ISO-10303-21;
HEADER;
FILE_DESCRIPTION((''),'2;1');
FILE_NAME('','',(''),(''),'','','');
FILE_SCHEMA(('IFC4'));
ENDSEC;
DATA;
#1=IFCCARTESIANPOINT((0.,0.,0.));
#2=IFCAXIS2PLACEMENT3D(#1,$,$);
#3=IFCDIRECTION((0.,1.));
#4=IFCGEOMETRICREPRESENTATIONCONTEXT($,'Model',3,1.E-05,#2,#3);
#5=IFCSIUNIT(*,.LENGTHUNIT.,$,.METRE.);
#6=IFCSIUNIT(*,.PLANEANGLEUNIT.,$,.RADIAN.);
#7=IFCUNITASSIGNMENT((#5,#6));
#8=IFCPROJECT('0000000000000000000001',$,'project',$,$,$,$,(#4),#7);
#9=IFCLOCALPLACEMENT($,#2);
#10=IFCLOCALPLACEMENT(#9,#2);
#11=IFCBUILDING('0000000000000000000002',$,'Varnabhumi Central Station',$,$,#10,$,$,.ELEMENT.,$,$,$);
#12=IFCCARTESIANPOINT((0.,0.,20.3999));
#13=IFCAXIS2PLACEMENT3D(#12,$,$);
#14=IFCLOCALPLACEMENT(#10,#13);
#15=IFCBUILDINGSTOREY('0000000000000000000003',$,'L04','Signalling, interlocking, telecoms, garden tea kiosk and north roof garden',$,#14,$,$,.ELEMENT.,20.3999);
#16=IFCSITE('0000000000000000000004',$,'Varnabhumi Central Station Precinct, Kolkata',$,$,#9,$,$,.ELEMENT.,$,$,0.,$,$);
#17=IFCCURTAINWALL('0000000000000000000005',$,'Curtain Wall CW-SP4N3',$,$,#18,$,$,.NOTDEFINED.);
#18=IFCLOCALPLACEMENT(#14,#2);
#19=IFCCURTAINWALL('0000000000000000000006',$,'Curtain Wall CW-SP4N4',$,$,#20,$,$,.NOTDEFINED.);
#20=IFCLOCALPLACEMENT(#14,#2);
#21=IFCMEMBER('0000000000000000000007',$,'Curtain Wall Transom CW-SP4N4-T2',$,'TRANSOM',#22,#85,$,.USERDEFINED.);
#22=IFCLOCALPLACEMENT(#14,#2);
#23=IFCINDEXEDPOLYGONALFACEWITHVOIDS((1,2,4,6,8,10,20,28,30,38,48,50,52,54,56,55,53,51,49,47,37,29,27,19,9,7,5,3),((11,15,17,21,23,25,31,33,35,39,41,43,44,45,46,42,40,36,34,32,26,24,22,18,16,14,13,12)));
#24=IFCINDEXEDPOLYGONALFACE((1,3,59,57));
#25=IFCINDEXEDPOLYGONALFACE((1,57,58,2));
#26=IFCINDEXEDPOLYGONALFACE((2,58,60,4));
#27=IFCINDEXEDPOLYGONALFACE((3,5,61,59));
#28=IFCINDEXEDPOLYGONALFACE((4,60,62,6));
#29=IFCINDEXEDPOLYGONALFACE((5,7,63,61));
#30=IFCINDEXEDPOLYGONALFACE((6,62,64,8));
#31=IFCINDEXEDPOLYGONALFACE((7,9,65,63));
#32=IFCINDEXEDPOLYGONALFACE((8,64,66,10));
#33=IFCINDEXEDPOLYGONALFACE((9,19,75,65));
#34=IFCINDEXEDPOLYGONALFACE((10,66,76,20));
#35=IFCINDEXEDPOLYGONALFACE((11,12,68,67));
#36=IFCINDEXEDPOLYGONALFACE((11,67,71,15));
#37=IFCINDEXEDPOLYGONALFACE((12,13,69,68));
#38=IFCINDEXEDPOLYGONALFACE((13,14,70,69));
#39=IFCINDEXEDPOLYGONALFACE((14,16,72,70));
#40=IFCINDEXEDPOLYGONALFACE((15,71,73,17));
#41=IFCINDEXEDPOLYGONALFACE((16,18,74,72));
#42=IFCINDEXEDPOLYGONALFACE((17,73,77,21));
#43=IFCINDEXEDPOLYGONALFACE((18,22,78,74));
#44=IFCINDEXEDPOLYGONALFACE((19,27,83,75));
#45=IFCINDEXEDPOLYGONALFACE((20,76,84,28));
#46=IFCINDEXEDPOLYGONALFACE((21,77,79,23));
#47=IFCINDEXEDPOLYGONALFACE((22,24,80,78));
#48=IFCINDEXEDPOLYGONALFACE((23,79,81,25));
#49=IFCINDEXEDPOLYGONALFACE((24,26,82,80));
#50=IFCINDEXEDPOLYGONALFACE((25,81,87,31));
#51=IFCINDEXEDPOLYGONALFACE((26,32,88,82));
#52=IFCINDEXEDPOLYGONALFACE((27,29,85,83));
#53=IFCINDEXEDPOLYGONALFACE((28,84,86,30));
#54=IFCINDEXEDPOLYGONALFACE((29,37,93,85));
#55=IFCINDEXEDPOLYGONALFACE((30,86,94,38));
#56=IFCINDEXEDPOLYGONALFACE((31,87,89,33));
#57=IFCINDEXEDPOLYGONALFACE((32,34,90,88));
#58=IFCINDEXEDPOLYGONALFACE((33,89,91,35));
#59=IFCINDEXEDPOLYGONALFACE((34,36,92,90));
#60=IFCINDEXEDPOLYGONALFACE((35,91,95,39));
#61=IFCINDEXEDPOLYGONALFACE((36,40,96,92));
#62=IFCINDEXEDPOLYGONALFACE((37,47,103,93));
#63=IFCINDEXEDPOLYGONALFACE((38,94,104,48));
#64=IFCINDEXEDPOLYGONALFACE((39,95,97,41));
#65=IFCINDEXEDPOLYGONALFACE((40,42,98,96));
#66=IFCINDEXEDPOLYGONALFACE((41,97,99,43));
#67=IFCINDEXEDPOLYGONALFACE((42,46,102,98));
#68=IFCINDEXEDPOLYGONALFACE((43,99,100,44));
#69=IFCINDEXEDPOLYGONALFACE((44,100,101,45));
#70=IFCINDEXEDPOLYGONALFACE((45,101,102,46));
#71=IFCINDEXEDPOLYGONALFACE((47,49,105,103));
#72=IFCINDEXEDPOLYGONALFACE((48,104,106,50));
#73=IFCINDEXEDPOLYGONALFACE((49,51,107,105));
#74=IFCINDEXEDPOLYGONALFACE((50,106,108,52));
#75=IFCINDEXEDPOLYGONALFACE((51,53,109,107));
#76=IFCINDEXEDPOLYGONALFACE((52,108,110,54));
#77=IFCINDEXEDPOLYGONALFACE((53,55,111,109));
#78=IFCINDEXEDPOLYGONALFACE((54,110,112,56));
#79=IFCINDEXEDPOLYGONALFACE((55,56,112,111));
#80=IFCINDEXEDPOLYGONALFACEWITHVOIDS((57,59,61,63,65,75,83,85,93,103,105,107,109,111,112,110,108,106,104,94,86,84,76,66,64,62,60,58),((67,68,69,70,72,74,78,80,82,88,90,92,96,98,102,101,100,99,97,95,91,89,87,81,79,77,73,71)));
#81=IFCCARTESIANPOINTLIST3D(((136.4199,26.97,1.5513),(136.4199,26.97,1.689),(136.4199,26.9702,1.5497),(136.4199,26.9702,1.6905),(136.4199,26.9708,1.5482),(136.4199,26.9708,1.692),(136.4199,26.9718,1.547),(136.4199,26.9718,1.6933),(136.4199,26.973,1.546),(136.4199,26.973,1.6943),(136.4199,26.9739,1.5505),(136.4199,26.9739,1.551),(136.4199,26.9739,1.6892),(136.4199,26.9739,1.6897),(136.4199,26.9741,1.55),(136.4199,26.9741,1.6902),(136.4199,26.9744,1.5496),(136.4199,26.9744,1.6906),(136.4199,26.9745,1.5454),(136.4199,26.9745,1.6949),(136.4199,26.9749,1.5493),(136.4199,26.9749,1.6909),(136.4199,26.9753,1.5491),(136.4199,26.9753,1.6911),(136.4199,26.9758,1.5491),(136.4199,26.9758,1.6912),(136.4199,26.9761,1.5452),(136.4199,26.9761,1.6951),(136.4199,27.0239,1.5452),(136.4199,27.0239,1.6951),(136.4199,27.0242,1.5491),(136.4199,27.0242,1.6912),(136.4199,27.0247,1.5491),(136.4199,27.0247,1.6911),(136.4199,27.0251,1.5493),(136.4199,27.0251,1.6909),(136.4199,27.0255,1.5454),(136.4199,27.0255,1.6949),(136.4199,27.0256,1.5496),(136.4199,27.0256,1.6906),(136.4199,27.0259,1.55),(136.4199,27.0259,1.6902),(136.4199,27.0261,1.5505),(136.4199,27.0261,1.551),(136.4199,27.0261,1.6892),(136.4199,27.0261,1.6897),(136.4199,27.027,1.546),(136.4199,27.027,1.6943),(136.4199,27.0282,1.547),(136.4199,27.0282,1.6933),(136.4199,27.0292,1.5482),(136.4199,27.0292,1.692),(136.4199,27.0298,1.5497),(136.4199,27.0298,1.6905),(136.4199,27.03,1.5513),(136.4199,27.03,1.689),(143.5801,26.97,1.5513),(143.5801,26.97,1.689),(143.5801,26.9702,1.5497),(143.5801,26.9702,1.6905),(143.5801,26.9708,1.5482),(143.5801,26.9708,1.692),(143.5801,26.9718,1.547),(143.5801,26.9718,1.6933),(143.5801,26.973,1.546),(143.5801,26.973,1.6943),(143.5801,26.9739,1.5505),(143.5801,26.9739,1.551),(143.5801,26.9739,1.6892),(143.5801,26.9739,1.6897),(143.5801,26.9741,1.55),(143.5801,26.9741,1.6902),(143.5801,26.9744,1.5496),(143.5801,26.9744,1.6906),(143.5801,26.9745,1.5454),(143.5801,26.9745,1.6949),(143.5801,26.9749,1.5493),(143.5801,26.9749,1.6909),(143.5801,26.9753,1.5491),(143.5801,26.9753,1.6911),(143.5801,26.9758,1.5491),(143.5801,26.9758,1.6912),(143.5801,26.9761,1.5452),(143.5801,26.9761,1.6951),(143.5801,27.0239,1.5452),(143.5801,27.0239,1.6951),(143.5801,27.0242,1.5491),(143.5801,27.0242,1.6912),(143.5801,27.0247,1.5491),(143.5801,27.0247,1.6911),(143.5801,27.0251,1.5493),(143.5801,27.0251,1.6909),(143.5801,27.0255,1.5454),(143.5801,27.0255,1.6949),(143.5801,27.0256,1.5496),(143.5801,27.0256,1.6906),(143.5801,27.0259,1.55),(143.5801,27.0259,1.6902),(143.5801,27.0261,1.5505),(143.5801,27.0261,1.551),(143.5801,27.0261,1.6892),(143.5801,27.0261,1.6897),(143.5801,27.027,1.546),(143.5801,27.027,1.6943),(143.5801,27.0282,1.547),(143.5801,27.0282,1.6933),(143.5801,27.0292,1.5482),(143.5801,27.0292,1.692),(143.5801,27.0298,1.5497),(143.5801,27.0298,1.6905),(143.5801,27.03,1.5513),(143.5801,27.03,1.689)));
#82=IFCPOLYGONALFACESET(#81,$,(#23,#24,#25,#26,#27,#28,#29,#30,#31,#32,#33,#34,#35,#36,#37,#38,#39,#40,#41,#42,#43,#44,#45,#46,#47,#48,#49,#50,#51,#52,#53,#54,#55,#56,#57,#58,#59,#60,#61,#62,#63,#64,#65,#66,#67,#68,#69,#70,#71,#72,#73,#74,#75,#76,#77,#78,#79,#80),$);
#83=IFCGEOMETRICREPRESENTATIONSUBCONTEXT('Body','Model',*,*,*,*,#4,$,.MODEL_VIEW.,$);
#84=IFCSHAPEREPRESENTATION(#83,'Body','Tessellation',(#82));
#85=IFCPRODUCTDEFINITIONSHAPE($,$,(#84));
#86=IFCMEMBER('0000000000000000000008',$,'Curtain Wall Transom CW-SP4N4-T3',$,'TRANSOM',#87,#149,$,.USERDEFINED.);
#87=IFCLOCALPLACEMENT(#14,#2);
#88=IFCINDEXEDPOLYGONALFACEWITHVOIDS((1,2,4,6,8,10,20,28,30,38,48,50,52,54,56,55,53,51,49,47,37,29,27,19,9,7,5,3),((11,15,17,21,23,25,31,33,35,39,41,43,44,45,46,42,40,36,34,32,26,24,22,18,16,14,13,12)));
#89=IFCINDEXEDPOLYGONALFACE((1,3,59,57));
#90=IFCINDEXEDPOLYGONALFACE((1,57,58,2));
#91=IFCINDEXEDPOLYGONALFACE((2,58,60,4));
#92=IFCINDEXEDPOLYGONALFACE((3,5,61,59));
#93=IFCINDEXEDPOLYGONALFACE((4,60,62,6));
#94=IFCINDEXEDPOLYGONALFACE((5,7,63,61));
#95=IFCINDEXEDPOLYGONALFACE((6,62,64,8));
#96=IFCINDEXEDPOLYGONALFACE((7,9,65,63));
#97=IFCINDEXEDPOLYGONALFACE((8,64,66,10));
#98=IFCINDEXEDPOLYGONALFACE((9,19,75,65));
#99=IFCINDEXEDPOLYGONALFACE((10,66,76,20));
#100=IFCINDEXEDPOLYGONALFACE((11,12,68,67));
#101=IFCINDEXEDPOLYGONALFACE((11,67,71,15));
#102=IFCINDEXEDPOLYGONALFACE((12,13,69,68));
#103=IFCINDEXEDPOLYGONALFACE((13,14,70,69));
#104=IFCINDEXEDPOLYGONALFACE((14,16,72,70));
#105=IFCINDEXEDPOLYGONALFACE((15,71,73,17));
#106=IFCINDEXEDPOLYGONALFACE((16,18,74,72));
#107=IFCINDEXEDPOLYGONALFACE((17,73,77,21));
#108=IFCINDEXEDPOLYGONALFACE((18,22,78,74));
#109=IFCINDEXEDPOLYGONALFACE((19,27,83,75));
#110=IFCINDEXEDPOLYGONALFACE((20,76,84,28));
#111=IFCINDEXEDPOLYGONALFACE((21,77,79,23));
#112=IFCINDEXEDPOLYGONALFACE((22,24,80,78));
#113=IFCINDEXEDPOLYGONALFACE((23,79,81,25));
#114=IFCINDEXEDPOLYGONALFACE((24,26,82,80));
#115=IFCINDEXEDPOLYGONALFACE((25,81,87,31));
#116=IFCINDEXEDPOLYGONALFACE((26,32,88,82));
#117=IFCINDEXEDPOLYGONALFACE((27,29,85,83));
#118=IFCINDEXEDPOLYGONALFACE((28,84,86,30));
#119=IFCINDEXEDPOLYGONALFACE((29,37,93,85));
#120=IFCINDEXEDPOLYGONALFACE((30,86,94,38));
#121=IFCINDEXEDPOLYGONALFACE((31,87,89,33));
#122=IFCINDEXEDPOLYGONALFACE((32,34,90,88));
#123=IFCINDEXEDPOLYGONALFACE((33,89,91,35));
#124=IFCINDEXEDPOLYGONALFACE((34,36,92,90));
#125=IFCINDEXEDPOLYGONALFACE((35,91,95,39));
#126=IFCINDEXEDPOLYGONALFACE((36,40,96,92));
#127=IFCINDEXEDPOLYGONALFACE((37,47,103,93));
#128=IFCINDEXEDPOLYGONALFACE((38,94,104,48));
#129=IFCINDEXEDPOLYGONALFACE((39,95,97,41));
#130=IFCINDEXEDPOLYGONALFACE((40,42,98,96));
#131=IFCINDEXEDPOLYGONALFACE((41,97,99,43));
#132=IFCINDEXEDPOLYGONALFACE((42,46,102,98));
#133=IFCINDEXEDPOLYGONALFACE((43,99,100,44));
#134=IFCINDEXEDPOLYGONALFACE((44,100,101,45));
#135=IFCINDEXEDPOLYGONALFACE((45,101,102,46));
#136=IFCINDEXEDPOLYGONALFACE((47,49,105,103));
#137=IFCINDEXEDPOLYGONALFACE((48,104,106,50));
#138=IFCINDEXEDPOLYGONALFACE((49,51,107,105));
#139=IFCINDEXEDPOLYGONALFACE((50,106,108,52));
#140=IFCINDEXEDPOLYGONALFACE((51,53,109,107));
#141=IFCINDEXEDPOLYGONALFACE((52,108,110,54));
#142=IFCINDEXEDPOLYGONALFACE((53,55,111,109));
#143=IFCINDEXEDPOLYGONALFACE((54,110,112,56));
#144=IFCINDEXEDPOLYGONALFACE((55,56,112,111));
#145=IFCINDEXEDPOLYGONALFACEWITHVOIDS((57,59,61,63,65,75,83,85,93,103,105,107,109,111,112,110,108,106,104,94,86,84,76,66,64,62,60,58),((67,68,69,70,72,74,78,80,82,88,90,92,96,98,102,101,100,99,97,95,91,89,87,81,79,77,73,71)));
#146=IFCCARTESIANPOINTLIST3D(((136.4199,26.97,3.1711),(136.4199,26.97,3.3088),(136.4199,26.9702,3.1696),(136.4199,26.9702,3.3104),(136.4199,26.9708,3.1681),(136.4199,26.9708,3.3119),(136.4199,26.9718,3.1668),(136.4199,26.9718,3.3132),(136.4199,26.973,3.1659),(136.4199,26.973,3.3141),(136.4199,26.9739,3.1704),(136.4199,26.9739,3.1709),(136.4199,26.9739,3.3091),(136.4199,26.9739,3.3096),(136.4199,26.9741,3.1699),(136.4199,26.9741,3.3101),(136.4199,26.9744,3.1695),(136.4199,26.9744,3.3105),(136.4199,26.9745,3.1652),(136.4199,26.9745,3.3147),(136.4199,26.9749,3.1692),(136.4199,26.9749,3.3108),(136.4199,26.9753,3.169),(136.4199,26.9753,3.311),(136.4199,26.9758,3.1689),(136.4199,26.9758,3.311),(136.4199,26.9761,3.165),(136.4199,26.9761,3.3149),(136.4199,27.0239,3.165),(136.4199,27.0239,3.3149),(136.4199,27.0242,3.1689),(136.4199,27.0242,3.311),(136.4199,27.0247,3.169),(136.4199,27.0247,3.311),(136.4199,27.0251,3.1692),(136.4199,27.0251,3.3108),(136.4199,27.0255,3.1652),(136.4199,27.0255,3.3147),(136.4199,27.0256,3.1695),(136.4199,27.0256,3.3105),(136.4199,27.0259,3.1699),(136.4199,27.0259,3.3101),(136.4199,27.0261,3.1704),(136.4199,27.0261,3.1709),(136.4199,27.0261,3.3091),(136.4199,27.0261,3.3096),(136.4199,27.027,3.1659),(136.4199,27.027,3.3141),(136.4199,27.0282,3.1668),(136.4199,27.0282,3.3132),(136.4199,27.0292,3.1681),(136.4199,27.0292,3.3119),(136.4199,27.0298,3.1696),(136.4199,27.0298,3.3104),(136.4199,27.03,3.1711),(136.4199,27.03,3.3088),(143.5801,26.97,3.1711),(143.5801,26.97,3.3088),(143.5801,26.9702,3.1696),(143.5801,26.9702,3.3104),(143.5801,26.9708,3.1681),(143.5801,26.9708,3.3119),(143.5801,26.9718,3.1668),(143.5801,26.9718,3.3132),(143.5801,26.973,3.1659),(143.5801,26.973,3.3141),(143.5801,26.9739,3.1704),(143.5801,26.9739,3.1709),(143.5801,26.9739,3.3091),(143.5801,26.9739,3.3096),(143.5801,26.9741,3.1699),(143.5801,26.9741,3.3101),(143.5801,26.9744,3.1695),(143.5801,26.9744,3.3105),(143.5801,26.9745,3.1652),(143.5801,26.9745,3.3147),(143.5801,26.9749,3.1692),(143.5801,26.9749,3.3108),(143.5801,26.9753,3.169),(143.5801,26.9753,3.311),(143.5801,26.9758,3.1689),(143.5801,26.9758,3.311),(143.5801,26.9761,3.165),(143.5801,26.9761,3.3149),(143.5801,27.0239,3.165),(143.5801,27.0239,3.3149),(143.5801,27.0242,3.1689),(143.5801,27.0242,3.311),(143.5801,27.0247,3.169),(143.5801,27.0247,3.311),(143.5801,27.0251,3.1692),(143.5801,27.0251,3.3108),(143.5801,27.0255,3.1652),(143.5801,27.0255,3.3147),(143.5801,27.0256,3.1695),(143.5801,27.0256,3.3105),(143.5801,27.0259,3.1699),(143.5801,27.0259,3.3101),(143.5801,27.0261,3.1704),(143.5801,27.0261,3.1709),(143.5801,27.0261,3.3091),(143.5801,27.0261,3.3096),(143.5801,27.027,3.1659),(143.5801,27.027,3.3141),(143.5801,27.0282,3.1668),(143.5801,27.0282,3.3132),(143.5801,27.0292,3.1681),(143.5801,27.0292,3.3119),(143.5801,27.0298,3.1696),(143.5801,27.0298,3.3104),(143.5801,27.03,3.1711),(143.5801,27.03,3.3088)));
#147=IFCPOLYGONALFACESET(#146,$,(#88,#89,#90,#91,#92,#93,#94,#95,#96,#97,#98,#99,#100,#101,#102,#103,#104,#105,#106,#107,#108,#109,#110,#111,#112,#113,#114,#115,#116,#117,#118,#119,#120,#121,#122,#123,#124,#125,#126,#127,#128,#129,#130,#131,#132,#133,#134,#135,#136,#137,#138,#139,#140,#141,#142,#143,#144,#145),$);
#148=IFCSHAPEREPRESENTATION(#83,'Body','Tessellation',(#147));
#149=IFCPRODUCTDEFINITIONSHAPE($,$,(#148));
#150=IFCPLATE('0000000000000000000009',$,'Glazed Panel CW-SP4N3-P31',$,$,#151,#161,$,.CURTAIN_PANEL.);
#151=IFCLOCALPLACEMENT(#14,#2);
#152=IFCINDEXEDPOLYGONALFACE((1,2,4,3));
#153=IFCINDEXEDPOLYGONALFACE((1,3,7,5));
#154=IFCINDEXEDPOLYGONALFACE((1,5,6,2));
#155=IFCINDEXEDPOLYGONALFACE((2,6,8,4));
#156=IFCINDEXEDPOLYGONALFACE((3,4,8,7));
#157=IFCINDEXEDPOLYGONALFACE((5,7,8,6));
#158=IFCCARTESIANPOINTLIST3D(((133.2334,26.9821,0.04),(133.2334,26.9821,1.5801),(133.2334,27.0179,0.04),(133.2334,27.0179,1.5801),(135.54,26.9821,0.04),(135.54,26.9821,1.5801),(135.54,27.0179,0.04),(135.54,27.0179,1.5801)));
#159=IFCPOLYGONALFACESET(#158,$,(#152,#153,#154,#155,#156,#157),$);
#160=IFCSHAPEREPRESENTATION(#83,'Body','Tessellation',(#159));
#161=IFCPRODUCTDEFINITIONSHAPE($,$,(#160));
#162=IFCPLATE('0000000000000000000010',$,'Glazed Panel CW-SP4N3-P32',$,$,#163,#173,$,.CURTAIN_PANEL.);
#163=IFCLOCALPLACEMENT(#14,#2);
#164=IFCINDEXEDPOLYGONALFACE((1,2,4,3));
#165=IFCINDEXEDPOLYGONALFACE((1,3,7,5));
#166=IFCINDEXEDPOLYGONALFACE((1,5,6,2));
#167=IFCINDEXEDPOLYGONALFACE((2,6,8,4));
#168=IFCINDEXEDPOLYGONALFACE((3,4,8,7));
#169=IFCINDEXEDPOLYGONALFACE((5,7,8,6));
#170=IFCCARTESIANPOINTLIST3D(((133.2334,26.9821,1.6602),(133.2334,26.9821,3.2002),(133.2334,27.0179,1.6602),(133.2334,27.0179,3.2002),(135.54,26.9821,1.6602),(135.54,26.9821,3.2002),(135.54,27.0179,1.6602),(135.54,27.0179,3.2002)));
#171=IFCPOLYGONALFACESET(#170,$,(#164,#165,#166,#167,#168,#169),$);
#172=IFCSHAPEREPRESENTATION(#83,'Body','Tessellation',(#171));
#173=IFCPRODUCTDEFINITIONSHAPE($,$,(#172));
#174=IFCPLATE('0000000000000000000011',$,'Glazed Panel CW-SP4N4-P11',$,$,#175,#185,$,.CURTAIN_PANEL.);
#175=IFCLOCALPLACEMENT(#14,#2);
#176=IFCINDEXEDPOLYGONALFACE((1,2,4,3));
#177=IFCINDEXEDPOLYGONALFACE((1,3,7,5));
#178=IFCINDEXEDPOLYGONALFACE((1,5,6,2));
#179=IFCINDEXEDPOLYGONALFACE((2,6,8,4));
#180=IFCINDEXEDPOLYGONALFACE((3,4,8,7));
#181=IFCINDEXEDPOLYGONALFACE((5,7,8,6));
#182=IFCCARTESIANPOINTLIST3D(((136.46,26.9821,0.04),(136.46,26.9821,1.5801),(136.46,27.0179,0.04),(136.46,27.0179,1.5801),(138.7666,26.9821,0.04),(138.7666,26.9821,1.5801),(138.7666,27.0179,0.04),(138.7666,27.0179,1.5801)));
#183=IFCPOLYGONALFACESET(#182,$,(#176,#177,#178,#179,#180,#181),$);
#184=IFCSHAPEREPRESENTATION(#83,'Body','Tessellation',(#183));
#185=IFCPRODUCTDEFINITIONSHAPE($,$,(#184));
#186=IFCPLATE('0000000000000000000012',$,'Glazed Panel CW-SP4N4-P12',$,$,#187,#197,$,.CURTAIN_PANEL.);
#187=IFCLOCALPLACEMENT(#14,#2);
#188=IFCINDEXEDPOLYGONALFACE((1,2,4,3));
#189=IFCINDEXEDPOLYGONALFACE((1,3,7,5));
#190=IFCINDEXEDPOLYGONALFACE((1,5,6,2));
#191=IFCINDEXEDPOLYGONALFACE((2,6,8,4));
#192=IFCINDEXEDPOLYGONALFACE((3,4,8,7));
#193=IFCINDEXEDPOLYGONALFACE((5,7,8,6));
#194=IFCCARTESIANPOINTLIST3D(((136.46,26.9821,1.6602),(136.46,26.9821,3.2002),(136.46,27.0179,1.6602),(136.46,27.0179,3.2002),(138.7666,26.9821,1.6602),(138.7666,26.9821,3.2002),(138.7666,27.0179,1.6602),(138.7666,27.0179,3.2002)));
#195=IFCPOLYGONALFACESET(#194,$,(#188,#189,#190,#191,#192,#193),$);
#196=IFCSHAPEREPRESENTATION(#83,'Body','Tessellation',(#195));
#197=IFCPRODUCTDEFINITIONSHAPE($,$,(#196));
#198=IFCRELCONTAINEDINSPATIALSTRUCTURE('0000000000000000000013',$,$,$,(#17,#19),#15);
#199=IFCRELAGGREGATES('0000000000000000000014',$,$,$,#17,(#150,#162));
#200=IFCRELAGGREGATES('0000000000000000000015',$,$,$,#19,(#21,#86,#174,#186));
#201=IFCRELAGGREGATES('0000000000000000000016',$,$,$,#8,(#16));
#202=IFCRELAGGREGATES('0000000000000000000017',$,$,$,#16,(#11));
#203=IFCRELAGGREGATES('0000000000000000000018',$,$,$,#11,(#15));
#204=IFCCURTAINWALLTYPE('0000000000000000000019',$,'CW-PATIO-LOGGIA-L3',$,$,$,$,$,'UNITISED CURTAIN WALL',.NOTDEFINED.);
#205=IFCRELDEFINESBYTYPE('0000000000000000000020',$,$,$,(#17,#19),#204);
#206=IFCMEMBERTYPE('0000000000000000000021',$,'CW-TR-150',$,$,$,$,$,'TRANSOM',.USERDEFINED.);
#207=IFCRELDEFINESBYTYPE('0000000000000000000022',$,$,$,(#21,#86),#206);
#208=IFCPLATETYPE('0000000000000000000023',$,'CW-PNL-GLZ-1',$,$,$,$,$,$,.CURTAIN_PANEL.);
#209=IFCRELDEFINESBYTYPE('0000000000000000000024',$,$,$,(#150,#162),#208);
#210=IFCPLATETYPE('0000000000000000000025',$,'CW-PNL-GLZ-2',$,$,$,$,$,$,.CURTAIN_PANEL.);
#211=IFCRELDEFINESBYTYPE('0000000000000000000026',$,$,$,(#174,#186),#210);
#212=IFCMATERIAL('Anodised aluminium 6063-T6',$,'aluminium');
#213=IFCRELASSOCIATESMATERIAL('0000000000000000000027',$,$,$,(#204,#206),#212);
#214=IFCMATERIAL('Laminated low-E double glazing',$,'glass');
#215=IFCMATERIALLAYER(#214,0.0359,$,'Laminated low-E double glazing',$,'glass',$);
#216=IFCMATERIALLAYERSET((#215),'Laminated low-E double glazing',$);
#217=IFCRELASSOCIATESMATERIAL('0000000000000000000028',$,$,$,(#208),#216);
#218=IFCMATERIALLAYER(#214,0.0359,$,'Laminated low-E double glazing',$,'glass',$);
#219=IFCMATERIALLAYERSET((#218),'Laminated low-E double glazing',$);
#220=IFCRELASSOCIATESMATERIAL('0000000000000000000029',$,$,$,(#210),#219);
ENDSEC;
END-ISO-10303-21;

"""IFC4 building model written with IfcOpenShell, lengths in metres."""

from ifc_helpers import new_model, si_unit, direction, frame, origin, origin_2d, place, context, subcontext, project, spatial, rectangle, hollow_rectangle, extrude, material, layer, layer_set, material_profile, profile_set, type_object, element, aggregate, save


model = new_model("IFC4")

# Units and contexts
model_context = context("Model", 3, precision=1e-05, world=origin(), true_north=direction((0.0, 1.0)))
body_context = subcontext(model_context, "Body", "Model", "MODEL_VIEW")
ifc_project = project(units=[si_unit("LENGTHUNIT", "METRE"), si_unit("PLANEANGLEUNIT", "RADIAN")], contexts=[model_context])

# Site, building, storey
site_placement = place(None, origin())
site = spatial("IfcSite", under=ifc_project, at=site_placement, Name="Varnabhumi Central Station Precinct, Kolkata", CompositionType="ELEMENT", RefElevation=0.0)
building_placement = place(site_placement, origin())
building = spatial("IfcBuilding", under=site, at=building_placement, Name="Varnabhumi Central Station", CompositionType="ELEMENT")
storey_placement = place(building_placement, frame((0.0, 0.0, 20.3999)))
storey = spatial("IfcBuildingStorey", under=building, at=storey_placement, Name="L04", Description="Signalling, interlocking, telecoms, garden tea kiosk and north roof garden", CompositionType="ELEMENT", Elevation=20.3999)

# Shared definitions
ifc_material_1 = material(Name="Anodised aluminium 6063-T6", Category="aluminium")

# Curtain walls, members
curtain_wall_type_1 = type_object("IfcCurtainWallType", Name="CW-PATIO-LOGGIA-L3", ElementType="UNITISED CURTAIN WALL", PredefinedType="NOTDEFINED", material=ifc_material_1)
curtain_wall_1_placement = place(storey_placement, origin())
curtain_wall_1 = element("IfcCurtainWall", 1, at=curtain_wall_1_placement, inside=storey, type_object=curtain_wall_type_1, Name="Curtain Wall CW-SP4N3", PredefinedType="NOTDEFINED")
curtain_wall_2_placement = place(storey_placement, origin())
curtain_wall_2 = element("IfcCurtainWall", 2, at=curtain_wall_2_placement, inside=storey, type_object=curtain_wall_type_1, Name="Curtain Wall CW-SP4N4", PredefinedType="NOTDEFINED")
ifc_material_profile_1 = material_profile(ifc_material_1, hollow_rectangle(XDim=0.0601, YDim=0.1499, WallThickness=0.0039, InnerFilletRadius=0.002, OuterFilletRadius=0.0061, at=origin_2d()), Name="Anodised aluminium 6063-T6", Category="aluminium")
ifc_profile_set_1 = profile_set([ifc_material_profile_1], Name="Anodised aluminium 6063-T6")
member_type_1 = type_object("IfcMemberType", Name="CW-TR-150", ElementType="TRANSOM", PredefinedType="USERDEFINED", material=ifc_profile_set_1)
member_1_placement = place(storey_placement, frame((136.4199, 27.0, 1.6201), z_axis=(1.0, 0.0, 0.0), x_axis=(0.0, 1.0, 0.0)))
member_1 = element("IfcMember", 3, at=member_1_placement, type_object=member_type_1, Name="Curtain Wall Transom CW-SP4N4-T2", ObjectType="TRANSOM", PredefinedType="USERDEFINED", context=body_context, shape_type="SweptSolid", body=[
    extrude(hollow_rectangle(XDim=0.0601, YDim=0.1499, WallThickness=0.0039, InnerFilletRadius=0.002, OuterFilletRadius=0.0061, at=origin_2d()), origin(), (0.0, 0.0, 1.0), 7.1602),
])
member_2_placement = place(storey_placement, frame((136.4199, 27.0, 3.24), z_axis=(1.0, 0.0, 0.0), x_axis=(0.0, 1.0, 0.0)))
member_2 = element("IfcMember", 4, at=member_2_placement, type_object=member_type_1, Name="Curtain Wall Transom CW-SP4N4-T3", ObjectType="TRANSOM", PredefinedType="USERDEFINED", context=body_context, shape_type="SweptSolid", body=[
    extrude(hollow_rectangle(XDim=0.0601, YDim=0.1499, WallThickness=0.0039, InnerFilletRadius=0.002, OuterFilletRadius=0.0061, at=origin_2d()), origin(), (0.0, 0.0, 1.0), 7.1602),
])

# Plates
ifc_material_2 = material(Name="Laminated low-E double glazing", Category="glass")
ifc_layer_1 = layer(ifc_material_2, 0.0359, Name="Laminated low-E double glazing", Category="glass")
ifc_layer_set_1 = layer_set([ifc_layer_1], Name="Laminated low-E double glazing")
plate_type_1 = type_object("IfcPlateType", Name="CW-PNL-GLZ-1", PredefinedType="CURTAIN_PANEL", material=ifc_layer_set_1)
plate_1_placement = place(storey_placement, frame((134.3867, 27.0, 0.04), z_axis=(0.0, 0.0, 1.0), x_axis=(1.0, 0.0, 0.0)))
plate_1 = element("IfcPlate", 5, at=plate_1_placement, type_object=plate_type_1, Name="Glazed Panel CW-SP4N3-P31", PredefinedType="CURTAIN_PANEL", context=body_context, shape_type="SweptSolid", body=[
    extrude(rectangle(XDim=2.3066, YDim=0.0359, at=origin_2d()), origin(), (0.0, 0.0, 1.0), 1.54),
])
plate_2_placement = place(storey_placement, frame((134.3867, 27.0, 1.6602), z_axis=(0.0, 0.0, 1.0), x_axis=(1.0, 0.0, 0.0)))
plate_2 = element("IfcPlate", 6, at=plate_2_placement, type_object=plate_type_1, Name="Glazed Panel CW-SP4N3-P32", PredefinedType="CURTAIN_PANEL", context=body_context, shape_type="SweptSolid", body=[
    extrude(rectangle(XDim=2.3066, YDim=0.0359, at=origin_2d()), origin(), (0.0, 0.0, 1.0), 1.54),
])
aggregate(curtain_wall_1, [plate_1, plate_2])
ifc_layer_2 = layer(ifc_material_2, 0.0359, Name="Laminated low-E double glazing", Category="glass")
ifc_layer_set_2 = layer_set([ifc_layer_2], Name="Laminated low-E double glazing")
plate_type_2 = type_object("IfcPlateType", Name="CW-PNL-GLZ-2", PredefinedType="CURTAIN_PANEL", material=ifc_layer_set_2)
plate_3_placement = place(storey_placement, frame((137.6133, 27.0, 0.04), z_axis=(0.0, 0.0, 1.0), x_axis=(1.0, 0.0, 0.0)))
plate_3 = element("IfcPlate", 7, at=plate_3_placement, type_object=plate_type_2, Name="Glazed Panel CW-SP4N4-P11", PredefinedType="CURTAIN_PANEL", context=body_context, shape_type="SweptSolid", body=[
    extrude(rectangle(XDim=2.3066, YDim=0.0359, at=origin_2d()), origin(), (0.0, 0.0, 1.0), 1.54),
])
plate_4_placement = place(storey_placement, frame((137.6133, 27.0, 1.6602), z_axis=(0.0, 0.0, 1.0), x_axis=(1.0, 0.0, 0.0)))
plate_4 = element("IfcPlate", 8, at=plate_4_placement, type_object=plate_type_2, Name="Glazed Panel CW-SP4N4-P12", PredefinedType="CURTAIN_PANEL", context=body_context, shape_type="SweptSolid", body=[
    extrude(rectangle(XDim=2.3066, YDim=0.0359, at=origin_2d()), origin(), (0.0, 0.0, 1.0), 1.54),
])
aggregate(curtain_wall_2, [member_1, member_2, plate_3, plate_4])

save(model, "model.ifc")
